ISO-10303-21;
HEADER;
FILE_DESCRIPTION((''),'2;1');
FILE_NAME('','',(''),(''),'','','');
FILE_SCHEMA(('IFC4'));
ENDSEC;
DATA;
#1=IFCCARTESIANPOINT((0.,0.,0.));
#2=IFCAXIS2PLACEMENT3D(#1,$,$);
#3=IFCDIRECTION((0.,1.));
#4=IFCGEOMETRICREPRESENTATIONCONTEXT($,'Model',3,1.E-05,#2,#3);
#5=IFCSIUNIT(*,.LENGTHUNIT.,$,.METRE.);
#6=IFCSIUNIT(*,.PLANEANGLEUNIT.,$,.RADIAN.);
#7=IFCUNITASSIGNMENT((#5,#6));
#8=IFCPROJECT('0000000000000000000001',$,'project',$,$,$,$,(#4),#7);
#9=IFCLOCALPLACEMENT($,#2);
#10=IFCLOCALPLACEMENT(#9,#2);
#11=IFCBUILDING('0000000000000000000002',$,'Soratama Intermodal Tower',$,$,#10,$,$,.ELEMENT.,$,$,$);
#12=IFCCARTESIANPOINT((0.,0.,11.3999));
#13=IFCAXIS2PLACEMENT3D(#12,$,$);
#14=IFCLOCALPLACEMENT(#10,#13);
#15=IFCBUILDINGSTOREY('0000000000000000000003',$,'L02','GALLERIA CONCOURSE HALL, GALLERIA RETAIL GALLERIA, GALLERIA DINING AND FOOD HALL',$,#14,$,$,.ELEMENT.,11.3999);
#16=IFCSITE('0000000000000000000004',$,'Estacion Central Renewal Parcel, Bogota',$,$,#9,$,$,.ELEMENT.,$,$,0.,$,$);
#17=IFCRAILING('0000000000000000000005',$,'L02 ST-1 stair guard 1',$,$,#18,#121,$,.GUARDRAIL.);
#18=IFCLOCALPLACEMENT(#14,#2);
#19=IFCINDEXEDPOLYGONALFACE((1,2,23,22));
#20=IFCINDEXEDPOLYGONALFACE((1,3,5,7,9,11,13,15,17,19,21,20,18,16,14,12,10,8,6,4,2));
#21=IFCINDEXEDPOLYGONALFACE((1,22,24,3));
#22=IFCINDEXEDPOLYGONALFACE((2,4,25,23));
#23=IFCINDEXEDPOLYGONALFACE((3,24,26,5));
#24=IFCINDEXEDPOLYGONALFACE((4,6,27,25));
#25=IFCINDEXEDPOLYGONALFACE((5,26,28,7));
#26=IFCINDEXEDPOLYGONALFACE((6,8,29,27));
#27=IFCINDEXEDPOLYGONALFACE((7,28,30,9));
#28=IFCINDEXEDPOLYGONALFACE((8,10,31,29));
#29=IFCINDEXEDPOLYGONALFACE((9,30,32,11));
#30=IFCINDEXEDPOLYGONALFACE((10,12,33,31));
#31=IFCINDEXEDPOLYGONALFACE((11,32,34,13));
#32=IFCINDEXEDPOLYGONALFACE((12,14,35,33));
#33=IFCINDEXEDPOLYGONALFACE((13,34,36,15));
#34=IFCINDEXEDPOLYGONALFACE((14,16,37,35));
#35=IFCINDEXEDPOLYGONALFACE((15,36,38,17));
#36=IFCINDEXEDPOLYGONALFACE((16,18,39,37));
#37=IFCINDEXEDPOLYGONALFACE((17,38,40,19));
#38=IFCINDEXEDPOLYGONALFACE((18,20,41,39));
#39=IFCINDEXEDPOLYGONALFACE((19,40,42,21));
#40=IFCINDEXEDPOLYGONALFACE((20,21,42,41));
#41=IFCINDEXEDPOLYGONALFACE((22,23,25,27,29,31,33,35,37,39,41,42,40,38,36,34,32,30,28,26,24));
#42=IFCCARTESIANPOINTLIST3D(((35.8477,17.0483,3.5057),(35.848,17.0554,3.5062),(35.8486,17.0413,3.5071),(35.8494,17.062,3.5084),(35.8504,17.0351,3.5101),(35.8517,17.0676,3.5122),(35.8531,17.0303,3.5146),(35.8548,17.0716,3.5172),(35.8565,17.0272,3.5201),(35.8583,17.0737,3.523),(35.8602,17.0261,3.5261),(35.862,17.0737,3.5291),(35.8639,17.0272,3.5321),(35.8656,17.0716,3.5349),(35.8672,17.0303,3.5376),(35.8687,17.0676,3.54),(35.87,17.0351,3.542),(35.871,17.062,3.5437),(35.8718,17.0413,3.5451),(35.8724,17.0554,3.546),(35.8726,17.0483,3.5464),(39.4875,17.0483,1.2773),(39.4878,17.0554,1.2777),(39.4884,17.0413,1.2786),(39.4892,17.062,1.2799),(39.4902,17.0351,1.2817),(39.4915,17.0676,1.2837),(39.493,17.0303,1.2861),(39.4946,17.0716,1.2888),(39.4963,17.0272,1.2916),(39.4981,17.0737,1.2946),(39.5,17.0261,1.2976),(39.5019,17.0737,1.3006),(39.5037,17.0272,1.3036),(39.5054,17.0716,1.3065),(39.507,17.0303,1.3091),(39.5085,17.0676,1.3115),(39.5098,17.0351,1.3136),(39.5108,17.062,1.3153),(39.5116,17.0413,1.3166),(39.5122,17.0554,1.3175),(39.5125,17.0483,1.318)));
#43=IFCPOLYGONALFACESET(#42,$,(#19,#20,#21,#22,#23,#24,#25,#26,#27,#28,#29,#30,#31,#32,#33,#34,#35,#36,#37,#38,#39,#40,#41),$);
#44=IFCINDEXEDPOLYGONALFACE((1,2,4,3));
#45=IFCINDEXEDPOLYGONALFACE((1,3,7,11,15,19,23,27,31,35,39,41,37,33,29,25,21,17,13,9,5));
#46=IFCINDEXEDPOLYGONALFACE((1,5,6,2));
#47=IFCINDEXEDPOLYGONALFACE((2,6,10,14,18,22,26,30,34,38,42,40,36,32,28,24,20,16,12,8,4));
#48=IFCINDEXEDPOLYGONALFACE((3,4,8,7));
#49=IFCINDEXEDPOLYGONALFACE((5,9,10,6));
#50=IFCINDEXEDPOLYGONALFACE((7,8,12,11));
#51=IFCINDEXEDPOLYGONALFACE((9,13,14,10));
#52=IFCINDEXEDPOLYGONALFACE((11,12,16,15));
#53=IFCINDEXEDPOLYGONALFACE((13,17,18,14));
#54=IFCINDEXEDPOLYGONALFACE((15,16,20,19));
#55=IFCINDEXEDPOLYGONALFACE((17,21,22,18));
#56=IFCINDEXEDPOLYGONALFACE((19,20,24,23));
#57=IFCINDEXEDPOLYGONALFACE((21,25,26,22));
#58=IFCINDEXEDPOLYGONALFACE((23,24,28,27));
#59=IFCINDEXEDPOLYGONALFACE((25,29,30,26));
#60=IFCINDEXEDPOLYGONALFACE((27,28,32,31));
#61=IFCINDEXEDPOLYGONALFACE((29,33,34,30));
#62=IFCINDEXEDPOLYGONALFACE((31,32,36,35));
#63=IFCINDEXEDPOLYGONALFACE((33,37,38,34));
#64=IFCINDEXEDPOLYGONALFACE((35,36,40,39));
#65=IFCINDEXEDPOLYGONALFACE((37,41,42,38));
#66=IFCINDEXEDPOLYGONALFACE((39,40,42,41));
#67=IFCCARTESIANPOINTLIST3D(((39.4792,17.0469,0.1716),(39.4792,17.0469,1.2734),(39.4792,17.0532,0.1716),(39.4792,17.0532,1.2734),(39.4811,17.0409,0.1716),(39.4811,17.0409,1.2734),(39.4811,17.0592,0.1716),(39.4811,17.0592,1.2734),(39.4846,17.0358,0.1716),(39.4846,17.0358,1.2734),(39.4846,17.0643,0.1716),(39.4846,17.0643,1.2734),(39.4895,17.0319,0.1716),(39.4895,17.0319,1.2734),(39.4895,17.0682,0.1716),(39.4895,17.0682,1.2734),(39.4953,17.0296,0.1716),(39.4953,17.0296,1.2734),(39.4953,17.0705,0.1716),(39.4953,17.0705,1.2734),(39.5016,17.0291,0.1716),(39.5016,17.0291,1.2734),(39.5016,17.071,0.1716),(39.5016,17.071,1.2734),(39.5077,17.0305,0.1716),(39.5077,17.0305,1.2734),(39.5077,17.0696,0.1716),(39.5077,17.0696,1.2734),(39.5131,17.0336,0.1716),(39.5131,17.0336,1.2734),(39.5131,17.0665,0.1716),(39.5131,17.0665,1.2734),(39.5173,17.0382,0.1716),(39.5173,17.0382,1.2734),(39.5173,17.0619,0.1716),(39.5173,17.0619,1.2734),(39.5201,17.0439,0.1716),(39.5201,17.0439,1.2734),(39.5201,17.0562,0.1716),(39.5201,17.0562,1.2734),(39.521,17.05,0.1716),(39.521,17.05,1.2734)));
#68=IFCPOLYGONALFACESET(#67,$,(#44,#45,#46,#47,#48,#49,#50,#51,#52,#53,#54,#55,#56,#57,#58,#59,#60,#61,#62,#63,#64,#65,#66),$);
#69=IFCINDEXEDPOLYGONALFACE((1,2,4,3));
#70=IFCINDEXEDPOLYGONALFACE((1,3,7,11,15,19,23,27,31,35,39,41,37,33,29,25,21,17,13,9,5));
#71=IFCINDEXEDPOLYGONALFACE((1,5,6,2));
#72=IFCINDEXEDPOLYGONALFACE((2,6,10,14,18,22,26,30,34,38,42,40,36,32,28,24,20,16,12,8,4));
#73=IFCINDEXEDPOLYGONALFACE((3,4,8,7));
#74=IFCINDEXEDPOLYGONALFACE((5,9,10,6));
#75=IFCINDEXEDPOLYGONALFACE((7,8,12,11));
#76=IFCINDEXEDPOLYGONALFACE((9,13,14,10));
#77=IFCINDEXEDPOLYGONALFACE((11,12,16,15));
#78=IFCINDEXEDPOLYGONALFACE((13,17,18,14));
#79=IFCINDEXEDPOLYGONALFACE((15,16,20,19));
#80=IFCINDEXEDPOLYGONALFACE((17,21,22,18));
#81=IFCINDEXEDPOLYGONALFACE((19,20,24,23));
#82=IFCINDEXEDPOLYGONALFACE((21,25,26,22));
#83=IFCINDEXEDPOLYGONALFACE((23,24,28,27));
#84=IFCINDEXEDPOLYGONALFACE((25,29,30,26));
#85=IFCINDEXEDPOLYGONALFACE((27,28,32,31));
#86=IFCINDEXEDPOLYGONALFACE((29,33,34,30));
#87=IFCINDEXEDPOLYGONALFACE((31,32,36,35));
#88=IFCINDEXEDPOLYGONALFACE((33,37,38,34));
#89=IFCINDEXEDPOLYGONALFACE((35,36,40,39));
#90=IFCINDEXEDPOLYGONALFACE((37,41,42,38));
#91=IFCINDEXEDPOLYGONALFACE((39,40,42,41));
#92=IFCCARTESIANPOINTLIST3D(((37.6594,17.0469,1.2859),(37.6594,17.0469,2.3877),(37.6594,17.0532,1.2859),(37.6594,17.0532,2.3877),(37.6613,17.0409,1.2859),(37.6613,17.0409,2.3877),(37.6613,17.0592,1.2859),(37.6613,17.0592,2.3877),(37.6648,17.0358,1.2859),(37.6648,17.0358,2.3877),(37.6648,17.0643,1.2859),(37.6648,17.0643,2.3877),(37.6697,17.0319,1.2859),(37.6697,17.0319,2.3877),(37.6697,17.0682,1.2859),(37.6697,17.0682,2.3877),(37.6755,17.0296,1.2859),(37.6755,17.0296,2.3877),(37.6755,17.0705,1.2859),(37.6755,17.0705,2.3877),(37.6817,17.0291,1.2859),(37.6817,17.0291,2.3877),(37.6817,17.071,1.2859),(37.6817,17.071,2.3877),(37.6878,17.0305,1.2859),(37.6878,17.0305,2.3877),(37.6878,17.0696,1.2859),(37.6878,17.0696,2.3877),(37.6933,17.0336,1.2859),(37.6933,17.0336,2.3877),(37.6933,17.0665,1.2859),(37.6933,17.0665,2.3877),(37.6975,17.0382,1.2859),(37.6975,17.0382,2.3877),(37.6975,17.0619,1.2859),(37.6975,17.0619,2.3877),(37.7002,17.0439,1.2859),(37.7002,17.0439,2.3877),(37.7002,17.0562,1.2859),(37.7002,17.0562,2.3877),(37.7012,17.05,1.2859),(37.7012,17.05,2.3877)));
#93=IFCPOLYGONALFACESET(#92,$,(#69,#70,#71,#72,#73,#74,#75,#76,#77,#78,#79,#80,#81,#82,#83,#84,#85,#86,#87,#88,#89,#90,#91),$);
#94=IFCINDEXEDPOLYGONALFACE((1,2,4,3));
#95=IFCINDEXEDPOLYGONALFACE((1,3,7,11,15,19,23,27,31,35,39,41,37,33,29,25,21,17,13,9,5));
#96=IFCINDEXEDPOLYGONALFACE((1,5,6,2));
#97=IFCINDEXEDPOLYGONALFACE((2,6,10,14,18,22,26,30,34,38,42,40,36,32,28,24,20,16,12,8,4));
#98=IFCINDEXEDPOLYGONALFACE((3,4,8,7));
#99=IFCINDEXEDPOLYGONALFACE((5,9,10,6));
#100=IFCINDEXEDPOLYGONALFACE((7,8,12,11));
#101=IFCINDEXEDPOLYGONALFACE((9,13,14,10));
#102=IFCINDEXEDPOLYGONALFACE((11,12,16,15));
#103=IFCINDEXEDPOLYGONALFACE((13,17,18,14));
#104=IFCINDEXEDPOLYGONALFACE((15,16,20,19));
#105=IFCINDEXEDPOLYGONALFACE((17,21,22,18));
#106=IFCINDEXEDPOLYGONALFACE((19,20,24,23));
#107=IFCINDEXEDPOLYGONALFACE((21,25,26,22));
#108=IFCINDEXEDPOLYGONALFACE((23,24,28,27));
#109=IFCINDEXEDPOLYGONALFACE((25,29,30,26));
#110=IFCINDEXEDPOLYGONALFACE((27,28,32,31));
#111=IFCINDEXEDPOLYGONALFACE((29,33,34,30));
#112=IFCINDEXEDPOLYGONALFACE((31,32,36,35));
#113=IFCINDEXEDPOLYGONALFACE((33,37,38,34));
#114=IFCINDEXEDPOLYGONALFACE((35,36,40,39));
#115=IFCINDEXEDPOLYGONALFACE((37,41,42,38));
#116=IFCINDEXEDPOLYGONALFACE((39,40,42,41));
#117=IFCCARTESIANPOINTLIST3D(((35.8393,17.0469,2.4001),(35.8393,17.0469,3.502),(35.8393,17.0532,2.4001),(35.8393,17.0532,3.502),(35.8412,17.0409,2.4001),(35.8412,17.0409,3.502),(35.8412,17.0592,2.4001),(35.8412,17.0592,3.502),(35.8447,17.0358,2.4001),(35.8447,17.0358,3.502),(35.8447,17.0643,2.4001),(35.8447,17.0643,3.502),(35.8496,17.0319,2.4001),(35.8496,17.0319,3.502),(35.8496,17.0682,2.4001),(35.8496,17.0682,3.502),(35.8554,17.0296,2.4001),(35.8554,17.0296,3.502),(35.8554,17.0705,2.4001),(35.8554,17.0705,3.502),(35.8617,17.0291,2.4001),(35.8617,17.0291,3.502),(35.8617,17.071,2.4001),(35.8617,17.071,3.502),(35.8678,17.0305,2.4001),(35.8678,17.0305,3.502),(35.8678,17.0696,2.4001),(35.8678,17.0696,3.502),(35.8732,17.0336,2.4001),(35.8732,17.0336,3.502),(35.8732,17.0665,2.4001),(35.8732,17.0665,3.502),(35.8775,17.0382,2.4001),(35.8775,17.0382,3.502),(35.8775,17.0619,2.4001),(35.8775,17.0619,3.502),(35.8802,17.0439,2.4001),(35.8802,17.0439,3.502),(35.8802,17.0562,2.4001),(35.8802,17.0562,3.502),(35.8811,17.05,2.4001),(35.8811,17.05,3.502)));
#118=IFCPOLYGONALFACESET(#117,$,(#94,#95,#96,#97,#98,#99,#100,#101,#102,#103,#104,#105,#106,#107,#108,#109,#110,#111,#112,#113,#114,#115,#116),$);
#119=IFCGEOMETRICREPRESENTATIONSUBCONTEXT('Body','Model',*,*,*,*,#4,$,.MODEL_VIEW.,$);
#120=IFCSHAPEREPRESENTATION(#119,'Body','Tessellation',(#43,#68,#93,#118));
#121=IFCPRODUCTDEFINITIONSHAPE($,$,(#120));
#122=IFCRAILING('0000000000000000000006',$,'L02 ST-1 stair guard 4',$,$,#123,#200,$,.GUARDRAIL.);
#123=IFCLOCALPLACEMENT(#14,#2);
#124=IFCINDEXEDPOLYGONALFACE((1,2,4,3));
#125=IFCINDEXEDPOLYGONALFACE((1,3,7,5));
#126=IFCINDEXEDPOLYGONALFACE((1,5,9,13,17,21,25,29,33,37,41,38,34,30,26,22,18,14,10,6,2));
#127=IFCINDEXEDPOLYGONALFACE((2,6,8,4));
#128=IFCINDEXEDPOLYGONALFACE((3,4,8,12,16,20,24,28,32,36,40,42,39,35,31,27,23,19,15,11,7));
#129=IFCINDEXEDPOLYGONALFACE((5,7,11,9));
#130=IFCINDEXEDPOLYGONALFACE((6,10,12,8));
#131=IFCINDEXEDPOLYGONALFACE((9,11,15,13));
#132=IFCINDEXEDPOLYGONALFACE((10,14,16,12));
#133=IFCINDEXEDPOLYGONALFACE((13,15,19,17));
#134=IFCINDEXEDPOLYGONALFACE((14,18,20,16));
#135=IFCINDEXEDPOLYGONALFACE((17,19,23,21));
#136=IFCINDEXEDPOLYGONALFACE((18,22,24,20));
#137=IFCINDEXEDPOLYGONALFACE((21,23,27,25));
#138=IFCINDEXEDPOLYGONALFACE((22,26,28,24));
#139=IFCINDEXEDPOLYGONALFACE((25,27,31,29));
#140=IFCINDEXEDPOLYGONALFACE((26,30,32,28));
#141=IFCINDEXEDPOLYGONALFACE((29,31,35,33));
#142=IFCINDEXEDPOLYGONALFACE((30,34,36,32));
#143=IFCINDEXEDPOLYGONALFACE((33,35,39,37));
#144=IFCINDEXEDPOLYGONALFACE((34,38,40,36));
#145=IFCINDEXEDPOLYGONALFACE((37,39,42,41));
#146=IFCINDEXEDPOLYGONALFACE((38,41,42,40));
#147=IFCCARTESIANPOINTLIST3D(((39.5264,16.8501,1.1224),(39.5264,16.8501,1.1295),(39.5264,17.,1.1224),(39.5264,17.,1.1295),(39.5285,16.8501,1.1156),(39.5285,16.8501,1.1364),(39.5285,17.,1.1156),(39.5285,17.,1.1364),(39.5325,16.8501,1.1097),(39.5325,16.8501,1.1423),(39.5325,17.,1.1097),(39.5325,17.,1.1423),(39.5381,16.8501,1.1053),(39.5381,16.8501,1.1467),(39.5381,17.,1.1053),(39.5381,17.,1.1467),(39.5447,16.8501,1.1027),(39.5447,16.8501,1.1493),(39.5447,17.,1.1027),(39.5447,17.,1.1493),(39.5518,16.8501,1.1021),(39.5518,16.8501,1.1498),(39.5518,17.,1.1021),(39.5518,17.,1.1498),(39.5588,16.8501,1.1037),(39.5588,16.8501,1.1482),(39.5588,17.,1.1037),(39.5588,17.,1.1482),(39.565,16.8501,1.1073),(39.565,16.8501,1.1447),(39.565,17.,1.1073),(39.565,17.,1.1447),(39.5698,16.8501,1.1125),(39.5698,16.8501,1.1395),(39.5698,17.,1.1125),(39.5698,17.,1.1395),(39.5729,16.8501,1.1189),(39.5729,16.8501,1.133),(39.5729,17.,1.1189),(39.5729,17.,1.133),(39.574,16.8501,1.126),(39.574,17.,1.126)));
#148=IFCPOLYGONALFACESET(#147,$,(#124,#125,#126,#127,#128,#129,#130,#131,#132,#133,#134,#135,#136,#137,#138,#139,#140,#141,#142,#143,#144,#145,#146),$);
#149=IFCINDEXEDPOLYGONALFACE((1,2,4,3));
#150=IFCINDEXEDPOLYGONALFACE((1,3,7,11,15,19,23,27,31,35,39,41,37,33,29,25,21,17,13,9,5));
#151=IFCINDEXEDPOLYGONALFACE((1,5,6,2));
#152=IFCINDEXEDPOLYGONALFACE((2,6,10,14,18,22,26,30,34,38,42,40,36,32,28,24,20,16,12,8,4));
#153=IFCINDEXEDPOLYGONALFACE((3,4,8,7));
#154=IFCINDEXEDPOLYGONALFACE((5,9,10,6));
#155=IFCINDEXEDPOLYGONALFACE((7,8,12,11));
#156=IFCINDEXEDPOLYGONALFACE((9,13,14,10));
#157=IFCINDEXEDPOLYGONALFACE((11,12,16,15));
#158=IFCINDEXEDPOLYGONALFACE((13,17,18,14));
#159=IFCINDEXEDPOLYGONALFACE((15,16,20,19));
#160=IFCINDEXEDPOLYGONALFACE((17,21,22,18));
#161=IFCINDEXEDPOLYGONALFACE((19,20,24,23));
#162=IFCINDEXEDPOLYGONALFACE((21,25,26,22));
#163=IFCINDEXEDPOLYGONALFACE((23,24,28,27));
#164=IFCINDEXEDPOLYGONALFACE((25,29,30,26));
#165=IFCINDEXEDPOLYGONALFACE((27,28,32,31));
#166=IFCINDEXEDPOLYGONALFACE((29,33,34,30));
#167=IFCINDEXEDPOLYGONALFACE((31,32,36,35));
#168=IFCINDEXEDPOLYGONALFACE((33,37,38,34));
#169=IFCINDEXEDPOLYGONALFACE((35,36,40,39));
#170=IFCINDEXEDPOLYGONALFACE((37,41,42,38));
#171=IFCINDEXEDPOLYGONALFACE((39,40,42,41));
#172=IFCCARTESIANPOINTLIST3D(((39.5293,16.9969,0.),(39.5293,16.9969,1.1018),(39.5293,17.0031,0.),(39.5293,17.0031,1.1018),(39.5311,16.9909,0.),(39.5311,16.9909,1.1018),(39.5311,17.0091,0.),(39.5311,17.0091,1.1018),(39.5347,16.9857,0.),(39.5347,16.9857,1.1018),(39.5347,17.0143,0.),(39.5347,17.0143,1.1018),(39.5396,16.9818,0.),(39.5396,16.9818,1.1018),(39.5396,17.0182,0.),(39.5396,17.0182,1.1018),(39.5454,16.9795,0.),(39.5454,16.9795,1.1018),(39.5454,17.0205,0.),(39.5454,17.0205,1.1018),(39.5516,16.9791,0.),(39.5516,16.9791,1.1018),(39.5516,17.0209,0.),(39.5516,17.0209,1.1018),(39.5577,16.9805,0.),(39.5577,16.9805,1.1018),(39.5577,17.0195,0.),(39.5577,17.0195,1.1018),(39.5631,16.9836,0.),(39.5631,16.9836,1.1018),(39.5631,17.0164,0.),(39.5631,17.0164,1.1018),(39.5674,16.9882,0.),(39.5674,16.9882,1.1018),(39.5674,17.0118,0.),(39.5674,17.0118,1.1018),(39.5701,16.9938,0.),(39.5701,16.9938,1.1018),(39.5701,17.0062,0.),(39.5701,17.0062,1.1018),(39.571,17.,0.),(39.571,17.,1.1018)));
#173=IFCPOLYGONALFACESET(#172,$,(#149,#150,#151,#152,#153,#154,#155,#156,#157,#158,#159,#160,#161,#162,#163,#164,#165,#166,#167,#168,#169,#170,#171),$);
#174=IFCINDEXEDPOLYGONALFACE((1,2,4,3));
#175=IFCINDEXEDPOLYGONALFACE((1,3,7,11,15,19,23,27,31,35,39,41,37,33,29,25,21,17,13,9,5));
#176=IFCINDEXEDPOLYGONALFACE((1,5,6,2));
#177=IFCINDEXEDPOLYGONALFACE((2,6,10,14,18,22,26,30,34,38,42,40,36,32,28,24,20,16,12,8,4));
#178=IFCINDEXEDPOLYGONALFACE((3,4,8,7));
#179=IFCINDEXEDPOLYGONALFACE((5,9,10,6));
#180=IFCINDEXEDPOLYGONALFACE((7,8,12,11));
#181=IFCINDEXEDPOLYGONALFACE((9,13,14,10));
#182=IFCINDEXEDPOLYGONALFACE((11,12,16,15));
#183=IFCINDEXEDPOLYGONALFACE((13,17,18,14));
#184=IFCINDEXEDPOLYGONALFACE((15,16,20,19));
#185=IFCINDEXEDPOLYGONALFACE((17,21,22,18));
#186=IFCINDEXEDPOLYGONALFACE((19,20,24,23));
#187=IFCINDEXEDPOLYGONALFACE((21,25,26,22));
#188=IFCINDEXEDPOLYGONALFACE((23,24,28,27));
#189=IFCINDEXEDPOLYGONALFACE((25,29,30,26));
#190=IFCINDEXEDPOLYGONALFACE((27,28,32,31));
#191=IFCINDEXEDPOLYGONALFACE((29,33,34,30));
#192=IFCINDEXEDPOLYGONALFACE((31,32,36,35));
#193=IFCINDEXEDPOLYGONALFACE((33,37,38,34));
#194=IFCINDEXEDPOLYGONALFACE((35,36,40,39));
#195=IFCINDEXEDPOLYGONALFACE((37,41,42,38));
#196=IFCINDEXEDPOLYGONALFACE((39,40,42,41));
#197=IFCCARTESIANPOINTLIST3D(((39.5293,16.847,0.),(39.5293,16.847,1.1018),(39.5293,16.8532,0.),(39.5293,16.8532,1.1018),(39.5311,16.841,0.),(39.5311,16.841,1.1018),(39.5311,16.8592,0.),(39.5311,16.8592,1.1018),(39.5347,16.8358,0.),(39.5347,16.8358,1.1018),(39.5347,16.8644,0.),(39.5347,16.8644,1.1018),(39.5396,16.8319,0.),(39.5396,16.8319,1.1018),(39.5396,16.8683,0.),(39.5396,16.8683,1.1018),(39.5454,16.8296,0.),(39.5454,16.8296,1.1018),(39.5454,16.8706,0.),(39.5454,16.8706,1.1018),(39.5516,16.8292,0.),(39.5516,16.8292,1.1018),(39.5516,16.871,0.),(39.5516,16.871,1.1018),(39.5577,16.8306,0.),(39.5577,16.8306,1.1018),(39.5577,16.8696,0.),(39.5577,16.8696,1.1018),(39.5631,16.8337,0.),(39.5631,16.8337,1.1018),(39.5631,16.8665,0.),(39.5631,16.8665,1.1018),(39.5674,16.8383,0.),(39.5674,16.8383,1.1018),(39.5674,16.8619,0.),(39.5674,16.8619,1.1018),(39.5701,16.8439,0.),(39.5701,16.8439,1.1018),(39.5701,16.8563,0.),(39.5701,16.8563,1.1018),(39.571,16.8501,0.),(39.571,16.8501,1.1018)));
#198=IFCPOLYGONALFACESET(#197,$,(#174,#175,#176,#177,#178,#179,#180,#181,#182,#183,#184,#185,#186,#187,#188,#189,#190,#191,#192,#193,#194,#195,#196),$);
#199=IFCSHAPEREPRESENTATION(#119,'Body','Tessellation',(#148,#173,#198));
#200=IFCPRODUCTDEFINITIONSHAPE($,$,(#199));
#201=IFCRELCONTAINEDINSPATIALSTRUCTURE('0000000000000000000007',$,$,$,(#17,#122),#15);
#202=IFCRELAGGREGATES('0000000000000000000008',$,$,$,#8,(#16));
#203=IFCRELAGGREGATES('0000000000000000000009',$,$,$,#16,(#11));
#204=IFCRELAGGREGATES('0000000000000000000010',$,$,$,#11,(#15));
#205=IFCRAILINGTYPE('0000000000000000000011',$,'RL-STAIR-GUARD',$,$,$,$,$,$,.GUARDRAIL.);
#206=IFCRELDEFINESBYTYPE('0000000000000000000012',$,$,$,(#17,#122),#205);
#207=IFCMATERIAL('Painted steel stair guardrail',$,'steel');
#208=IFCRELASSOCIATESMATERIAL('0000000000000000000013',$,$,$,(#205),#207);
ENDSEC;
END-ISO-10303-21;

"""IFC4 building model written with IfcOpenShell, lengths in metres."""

from ifc_helpers import new_model, si_unit, direction, frame, origin, origin_2d, place, context, subcontext, project, spatial, circle, extrude, material, type_object, element, save


model = new_model("IFC4")

# Units and contexts
model_context = context("Model", 3, precision=1e-05, world=origin(), true_north=direction((0.0, 1.0)))
body_context = subcontext(model_context, "Body", "Model", "MODEL_VIEW")
ifc_project = project(units=[si_unit("LENGTHUNIT", "METRE"), si_unit("PLANEANGLEUNIT", "RADIAN")], contexts=[model_context])

# Site, building, storey
site_placement = place(None, origin())
site = spatial("IfcSite", under=ifc_project, at=site_placement, Name="Estacion Central Renewal Parcel, Bogota", CompositionType="ELEMENT", RefElevation=0.0)
building_placement = place(site_placement, origin())
building = spatial("IfcBuilding", under=site, at=building_placement, Name="Soratama Intermodal Tower", CompositionType="ELEMENT")
storey_placement = place(building_placement, frame((0.0, 0.0, 11.3999)))
storey = spatial("IfcBuildingStorey", under=building, at=storey_placement, Name="L02", Description="GALLERIA CONCOURSE HALL, GALLERIA RETAIL GALLERIA, GALLERIA DINING AND FOOD HALL", CompositionType="ELEMENT", Elevation=11.3999)

# Railings
ifc_material_1 = material(Name="Painted steel stair guardrail", Category="steel")
railing_type_1 = type_object("IfcRailingType", Name="RL-STAIR-GUARD", PredefinedType="GUARDRAIL", material=ifc_material_1)
railing_1_placement = place(storey_placement, frame((39.5, 17.05, 0.1716)))
element("IfcRailing", 1, at=railing_1_placement, inside=storey, type_object=railing_type_1, Name="L02 ST-1 stair guard 1", PredefinedType="GUARDRAIL", context=body_context, shape_type="SweptSolid", body=[
    extrude(circle(Radius=0.0239, at=origin_2d()), frame((0.0, 0.0, 1.126), z_axis=(-0.85285, 0.0, 0.522156), x_axis=(0.0, -1.0, 0.0)), (0.0, 0.0, 1.0), 4.2678),
    extrude(circle(Radius=0.021, at=origin_2d()), origin(), (0.0, 0.0, 1.0), 1.1018),
    extrude(circle(Radius=0.021, at=origin_2d()), frame((-1.8198, 0.0, 1.1143)), (0.0, 0.0, 1.0), 1.1018),
    extrude(circle(Radius=0.021, at=origin_2d()), frame((-3.6399, 0.0, 2.2285)), (0.0, 0.0, 1.0), 1.1018),
])
railing_2_placement = place(storey_placement, frame((39.55, 17.0, 0.0)))
element("IfcRailing", 2, at=railing_2_placement, inside=storey, type_object=railing_type_1, Name="L02 ST-1 stair guard 4", PredefinedType="GUARDRAIL", context=body_context, shape_type="SweptSolid", body=[
    extrude(circle(Radius=0.0239, at=origin_2d()), frame((0.0, 0.0, 1.126), z_axis=(0.0, -1.0, 0.0), x_axis=(1.0, 0.0, 0.0)), (0.0, 0.0, 1.0), 0.1499),
    extrude(circle(Radius=0.021, at=origin_2d()), origin(), (0.0, 0.0, 1.0), 1.1018),
    extrude(circle(Radius=0.021, at=origin_2d()), frame((0.0, -0.1499, 0.0)), (0.0, 0.0, 1.0), 1.1018),
])

save(model, "model.ifc")
